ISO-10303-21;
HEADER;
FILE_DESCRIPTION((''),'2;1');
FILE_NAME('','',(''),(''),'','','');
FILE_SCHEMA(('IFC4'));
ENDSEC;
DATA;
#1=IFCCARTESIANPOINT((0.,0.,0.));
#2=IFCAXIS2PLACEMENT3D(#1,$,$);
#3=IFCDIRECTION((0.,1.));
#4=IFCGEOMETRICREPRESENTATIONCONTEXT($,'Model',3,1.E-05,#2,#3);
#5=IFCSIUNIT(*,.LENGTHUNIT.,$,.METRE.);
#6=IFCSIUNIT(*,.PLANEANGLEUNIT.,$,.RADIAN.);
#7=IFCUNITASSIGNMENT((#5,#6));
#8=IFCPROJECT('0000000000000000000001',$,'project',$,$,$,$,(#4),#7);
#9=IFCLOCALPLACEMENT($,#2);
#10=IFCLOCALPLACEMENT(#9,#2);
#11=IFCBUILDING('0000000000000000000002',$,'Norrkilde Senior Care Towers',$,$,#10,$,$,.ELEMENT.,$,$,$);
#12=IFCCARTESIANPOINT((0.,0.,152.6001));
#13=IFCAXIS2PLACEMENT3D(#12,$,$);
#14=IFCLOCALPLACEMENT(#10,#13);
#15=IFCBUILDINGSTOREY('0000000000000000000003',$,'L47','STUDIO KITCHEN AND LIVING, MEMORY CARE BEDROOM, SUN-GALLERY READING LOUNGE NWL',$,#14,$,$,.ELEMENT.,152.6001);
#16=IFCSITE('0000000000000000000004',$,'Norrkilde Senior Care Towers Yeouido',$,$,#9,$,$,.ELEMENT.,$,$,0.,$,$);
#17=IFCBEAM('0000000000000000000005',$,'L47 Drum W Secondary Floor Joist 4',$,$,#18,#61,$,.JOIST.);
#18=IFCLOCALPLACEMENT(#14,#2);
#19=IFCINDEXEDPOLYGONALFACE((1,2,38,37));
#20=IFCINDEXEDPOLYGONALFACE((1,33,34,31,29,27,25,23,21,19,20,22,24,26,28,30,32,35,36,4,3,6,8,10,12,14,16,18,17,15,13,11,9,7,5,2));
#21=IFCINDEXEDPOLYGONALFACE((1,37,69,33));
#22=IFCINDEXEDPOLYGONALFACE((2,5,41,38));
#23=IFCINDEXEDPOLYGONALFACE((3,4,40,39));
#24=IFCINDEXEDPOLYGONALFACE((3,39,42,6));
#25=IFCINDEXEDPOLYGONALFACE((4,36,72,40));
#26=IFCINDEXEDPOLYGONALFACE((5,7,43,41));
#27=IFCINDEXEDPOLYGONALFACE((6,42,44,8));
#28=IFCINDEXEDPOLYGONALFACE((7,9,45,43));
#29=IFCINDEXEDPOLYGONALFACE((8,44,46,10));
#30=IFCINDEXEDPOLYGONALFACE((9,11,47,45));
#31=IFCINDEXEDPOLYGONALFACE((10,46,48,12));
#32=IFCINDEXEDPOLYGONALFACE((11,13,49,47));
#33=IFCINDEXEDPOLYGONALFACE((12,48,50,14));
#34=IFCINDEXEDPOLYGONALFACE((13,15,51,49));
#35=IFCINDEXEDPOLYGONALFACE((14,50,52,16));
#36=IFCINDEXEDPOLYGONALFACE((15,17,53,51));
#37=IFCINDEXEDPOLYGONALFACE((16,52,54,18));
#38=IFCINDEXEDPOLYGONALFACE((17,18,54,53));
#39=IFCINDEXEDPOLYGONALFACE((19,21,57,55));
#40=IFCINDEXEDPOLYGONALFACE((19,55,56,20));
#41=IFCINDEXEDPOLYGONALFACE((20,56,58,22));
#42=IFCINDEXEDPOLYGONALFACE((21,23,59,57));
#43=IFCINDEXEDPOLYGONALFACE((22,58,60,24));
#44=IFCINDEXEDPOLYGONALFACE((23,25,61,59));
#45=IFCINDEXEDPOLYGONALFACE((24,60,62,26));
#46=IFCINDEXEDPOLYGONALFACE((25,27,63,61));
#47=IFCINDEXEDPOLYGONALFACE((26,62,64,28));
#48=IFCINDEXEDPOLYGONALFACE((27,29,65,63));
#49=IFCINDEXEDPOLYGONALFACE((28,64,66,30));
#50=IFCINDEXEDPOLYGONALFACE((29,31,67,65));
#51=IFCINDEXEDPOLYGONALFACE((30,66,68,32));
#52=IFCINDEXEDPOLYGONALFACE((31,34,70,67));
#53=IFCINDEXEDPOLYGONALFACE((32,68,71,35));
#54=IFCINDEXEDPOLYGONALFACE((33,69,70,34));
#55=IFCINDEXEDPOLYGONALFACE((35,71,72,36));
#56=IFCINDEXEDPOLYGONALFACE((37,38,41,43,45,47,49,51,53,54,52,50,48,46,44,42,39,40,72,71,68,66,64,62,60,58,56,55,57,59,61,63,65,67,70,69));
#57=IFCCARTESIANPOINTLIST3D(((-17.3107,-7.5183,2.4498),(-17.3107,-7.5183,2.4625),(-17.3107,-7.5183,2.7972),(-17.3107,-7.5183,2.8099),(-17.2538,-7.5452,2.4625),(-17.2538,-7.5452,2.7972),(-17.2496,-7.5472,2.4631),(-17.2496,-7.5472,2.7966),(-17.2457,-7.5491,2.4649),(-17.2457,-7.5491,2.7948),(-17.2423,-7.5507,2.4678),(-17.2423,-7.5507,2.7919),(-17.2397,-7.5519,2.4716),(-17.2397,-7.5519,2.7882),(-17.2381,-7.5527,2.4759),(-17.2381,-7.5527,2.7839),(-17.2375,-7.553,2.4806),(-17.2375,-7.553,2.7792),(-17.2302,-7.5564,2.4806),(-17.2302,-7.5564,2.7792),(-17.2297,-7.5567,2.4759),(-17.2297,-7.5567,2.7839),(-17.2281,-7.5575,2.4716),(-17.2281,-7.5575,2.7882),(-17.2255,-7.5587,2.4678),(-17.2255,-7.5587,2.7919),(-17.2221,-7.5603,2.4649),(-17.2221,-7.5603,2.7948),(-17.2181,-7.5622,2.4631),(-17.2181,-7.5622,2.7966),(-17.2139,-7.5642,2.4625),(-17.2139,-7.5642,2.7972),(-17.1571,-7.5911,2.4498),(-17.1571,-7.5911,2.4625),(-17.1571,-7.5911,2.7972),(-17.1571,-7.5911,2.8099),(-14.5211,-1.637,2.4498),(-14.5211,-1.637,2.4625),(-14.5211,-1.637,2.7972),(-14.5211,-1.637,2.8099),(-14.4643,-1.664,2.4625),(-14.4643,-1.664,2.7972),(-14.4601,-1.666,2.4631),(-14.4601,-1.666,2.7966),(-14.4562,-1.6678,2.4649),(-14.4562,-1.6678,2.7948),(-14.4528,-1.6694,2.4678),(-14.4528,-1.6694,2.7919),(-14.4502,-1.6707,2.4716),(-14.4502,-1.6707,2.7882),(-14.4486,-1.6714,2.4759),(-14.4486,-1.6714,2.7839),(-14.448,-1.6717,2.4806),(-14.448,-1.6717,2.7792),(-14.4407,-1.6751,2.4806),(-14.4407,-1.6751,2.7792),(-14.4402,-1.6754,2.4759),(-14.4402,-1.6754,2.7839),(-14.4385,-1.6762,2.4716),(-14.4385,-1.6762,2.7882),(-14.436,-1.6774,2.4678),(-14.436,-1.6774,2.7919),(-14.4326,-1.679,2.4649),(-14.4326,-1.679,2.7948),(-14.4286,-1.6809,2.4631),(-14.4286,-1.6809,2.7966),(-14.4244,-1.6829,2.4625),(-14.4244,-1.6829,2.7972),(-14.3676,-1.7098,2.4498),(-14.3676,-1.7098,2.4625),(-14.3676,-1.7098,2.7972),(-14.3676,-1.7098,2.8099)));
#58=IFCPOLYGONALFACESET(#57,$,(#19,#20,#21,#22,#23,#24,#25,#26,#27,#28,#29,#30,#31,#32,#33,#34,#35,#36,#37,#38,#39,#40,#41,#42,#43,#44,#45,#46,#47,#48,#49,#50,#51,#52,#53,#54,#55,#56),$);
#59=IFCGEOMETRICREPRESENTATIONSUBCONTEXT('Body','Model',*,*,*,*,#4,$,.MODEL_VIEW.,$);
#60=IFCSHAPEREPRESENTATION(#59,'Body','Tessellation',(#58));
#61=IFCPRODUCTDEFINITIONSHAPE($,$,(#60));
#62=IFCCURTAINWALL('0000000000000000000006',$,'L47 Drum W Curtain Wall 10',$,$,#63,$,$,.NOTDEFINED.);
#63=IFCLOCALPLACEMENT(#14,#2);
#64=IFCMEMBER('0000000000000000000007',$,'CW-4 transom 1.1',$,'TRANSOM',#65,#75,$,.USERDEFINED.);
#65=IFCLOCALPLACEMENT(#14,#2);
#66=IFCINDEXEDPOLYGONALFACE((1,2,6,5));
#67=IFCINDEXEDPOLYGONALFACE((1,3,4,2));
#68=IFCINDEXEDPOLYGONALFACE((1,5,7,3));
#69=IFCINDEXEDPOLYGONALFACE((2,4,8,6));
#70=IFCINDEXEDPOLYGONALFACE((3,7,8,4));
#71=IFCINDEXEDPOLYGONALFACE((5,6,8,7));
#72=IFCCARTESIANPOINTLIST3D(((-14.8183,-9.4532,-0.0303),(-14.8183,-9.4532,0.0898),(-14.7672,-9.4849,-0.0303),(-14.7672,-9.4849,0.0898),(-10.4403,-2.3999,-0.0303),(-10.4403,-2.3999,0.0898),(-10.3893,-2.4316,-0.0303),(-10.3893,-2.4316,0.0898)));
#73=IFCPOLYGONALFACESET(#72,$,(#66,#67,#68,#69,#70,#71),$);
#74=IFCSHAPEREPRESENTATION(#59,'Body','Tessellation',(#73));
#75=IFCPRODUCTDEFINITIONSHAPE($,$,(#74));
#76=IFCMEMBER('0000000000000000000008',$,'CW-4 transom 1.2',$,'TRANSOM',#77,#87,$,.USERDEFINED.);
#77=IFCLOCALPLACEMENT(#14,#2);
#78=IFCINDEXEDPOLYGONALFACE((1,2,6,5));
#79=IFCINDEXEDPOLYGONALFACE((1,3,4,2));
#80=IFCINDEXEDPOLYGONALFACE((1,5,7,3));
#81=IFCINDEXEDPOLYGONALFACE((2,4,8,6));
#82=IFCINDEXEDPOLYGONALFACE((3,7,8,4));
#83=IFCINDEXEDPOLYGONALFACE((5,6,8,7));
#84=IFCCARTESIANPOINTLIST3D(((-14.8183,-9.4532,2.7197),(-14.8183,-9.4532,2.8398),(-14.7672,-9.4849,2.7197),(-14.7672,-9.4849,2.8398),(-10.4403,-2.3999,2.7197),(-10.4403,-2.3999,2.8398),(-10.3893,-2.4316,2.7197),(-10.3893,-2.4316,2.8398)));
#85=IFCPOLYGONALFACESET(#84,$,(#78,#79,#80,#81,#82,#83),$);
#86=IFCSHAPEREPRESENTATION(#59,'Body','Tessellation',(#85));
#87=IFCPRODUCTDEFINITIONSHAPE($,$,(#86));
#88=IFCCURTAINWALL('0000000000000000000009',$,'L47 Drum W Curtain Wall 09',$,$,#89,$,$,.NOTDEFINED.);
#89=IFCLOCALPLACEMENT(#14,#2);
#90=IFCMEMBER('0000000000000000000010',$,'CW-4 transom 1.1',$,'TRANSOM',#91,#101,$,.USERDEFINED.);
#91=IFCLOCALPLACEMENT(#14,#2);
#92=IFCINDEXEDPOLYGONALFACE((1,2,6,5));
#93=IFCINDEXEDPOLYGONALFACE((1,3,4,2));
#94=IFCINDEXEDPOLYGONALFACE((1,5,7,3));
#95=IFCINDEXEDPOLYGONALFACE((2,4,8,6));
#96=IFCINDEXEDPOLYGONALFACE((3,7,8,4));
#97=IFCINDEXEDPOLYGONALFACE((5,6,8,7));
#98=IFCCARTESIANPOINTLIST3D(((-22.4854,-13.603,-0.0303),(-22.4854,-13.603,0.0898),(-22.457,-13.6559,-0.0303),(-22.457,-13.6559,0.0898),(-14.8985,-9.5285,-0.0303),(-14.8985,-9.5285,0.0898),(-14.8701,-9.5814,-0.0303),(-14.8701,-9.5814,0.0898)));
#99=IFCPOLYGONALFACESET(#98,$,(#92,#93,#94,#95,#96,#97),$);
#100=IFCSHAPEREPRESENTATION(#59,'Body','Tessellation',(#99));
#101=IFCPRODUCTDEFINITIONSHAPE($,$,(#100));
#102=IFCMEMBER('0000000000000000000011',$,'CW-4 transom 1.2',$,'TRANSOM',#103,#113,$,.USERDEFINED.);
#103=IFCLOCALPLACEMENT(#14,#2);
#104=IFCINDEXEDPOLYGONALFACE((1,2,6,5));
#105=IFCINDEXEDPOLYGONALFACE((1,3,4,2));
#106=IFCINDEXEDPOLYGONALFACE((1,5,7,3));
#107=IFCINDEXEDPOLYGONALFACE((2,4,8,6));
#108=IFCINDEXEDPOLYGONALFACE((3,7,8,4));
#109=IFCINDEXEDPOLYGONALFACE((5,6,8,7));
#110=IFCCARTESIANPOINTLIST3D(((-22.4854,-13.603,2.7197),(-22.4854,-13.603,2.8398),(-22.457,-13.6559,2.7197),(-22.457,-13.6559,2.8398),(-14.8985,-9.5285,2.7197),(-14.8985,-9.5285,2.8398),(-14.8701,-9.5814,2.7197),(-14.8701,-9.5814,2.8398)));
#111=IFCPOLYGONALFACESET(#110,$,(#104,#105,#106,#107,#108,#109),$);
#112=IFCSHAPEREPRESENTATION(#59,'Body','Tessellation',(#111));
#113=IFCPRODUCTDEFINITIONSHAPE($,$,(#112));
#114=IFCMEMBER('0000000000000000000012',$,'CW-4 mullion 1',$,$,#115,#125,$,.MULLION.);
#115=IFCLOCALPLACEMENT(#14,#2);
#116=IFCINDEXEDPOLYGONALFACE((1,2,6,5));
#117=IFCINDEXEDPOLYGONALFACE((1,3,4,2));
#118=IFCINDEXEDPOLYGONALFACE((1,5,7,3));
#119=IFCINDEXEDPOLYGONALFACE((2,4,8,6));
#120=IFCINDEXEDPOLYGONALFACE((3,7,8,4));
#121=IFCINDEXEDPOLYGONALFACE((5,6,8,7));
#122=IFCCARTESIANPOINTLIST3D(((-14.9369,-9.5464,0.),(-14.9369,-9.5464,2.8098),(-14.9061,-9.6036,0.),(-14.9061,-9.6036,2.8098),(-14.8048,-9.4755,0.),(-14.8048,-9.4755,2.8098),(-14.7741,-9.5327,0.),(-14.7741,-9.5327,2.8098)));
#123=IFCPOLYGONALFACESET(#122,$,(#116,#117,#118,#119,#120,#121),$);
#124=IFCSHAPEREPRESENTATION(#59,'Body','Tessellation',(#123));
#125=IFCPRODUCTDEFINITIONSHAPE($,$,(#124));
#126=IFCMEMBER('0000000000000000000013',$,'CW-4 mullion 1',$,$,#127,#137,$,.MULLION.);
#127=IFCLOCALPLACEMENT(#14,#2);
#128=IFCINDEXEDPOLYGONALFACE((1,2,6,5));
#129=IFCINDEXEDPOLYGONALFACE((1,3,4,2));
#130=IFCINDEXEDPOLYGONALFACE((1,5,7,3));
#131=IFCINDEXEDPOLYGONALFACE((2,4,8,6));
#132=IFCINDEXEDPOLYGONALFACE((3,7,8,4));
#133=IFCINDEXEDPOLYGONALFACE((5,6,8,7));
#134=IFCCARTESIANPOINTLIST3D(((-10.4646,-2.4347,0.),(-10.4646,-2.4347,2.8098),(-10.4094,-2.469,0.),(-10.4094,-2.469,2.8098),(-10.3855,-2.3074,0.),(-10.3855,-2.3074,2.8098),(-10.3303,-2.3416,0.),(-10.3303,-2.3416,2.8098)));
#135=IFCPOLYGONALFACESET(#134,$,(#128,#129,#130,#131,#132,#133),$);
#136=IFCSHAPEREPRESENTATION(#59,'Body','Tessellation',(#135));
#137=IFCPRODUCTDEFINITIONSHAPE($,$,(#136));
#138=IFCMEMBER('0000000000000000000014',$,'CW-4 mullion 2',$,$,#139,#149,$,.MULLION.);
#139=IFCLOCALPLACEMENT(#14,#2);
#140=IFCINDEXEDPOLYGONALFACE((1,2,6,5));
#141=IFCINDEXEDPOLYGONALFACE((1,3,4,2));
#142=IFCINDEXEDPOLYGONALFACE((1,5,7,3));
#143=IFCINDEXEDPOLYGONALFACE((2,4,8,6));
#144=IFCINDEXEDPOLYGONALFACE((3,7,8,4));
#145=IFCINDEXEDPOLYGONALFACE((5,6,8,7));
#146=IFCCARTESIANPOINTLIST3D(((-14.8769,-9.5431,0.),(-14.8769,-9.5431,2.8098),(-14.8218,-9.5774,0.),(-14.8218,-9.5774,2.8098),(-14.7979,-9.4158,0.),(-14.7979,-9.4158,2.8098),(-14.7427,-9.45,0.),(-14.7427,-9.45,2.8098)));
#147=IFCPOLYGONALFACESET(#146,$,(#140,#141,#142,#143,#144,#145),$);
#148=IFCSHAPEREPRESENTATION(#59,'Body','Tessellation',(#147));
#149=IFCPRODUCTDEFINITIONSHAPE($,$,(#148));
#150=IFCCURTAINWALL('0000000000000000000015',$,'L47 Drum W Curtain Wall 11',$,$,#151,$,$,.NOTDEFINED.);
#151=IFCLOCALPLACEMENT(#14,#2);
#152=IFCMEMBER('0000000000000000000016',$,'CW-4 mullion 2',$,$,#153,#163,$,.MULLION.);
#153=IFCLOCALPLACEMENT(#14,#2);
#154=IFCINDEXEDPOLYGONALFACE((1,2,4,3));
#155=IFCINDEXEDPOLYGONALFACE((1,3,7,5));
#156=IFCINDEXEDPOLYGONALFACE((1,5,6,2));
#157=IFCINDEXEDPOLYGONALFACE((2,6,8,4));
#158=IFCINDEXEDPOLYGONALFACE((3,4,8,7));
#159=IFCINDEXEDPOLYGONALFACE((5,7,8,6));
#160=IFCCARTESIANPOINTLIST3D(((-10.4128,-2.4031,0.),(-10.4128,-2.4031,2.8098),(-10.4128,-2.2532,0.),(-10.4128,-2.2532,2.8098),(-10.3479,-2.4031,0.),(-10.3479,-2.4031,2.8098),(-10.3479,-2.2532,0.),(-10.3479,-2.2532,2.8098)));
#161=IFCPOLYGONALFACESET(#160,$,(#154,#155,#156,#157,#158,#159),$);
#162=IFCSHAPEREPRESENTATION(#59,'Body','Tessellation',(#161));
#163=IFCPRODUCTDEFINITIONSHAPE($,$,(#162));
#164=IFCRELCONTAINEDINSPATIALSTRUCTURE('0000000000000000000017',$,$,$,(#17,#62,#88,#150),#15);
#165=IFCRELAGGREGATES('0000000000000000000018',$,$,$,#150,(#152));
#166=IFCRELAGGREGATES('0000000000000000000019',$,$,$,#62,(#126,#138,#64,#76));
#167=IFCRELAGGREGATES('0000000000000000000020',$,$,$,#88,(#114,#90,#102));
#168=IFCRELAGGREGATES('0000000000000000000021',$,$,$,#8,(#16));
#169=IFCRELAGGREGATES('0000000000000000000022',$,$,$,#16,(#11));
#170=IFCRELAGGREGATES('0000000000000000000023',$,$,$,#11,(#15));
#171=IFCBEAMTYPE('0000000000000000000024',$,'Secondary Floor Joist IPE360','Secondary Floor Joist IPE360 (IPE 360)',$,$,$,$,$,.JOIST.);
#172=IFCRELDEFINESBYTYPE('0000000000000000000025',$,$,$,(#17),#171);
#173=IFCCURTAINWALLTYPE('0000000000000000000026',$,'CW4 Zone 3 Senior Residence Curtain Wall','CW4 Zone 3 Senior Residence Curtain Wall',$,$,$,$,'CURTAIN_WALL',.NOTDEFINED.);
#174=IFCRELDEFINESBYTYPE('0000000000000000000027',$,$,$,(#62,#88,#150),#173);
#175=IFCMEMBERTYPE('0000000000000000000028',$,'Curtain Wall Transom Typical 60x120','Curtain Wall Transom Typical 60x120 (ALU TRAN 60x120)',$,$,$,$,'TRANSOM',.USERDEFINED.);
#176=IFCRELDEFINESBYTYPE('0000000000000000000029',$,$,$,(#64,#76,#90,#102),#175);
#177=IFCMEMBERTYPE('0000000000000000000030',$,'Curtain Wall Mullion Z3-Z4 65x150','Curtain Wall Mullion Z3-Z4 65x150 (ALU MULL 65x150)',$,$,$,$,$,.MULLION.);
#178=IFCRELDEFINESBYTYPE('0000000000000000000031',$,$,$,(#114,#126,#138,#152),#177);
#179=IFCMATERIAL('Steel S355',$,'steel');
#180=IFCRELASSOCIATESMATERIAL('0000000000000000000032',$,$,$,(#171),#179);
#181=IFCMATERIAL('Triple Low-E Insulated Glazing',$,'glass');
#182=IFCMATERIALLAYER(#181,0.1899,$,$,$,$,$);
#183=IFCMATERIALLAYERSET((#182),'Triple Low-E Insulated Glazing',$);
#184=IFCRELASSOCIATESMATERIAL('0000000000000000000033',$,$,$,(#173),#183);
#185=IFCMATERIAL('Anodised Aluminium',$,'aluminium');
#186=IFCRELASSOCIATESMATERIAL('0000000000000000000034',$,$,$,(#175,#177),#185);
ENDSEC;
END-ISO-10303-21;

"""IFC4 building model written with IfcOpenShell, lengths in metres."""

from ifc_helpers import new_model, si_unit, direction, frame, origin, origin_2d, place, context, subcontext, project, spatial, rectangle, i_section, extrude, source, transform, mapped, material, layer, layer_set, material_profile, profile_set, type_object, type_shapes, element, aggregate, save


model = new_model("IFC4")

# Units and contexts
model_context = context("Model", 3, precision=1e-05, world=origin(), true_north=direction((0.0, 1.0)))
body_context = subcontext(model_context, "Body", "Model", "MODEL_VIEW")
ifc_project = project(units=[si_unit("LENGTHUNIT", "METRE"), si_unit("PLANEANGLEUNIT", "RADIAN")], contexts=[model_context])

# Site, building, storey
site_placement = place(None, origin())
site = spatial("IfcSite", under=ifc_project, at=site_placement, Name="Norrkilde Senior Care Towers Yeouido", CompositionType="ELEMENT", RefElevation=0.0)
building_placement = place(site_placement, origin())
building = spatial("IfcBuilding", under=site, at=building_placement, Name="Norrkilde Senior Care Towers", CompositionType="ELEMENT")
storey_placement = place(building_placement, frame((0.0, 0.0, 152.6001)))
storey = spatial("IfcBuildingStorey", under=building, at=storey_placement, Name="L47", Description="STUDIO KITCHEN AND LIVING, MEMORY CARE BEDROOM, SUN-GALLERY READING LOUNGE NWL", CompositionType="ELEMENT", Elevation=152.6001)

# Beam
ifc_material_1 = material(Name="Steel S355", Category="steel")
ifc_material_profile_1 = material_profile(ifc_material_1, i_section(OverallWidth=0.1699, OverallDepth=0.3601, WebThickness=0.0081, FlangeThickness=0.0127, FilletRadius=0.0181, at=origin_2d()), Name="IPE 360")
ifc_profile_set_1 = profile_set([ifc_material_profile_1], Name="Steel S355")
beam_type_1 = type_object("IfcBeamType", Name="Secondary Floor Joist IPE360", Description="Secondary Floor Joist IPE360 (IPE 360)", PredefinedType="JOIST", material=ifc_profile_set_1)
shared_shape_1 = source(origin(), body_context, "Body", "SweptSolid", [
    extrude(i_section(OverallWidth=0.1699, OverallDepth=0.3601, WebThickness=0.0081, FlangeThickness=0.0127, FilletRadius=0.0181, at=origin_2d()), origin(), (0.0, 0.0, 1.0), 6.5093),
])
type_shapes(beam_type_1, [shared_shape_1])
beam_1_placement = place(storey_placement, frame((-17.2339, -7.5547, 2.6299), z_axis=(0.428544, 0.903521, 0.0), x_axis=(-0.903521, 0.428544, 0.0)))
element("IfcBeam", 1, at=beam_1_placement, inside=storey, type_object=beam_type_1, Name="L47 Drum W Secondary Floor Joist 4", PredefinedType="JOIST", context=body_context, shape_type="MappedRepresentation", body=[
    mapped(shared_shape_1, transform((0.0, 0.0, 0.0), x_axis=(1.0, 0.0, 0.0), y_axis=(0.0, 1.0, 0.0), z_axis=(0.0, 0.0, 1.0), scale=1.0)),
])

# Curtain walls, members
ifc_material_2 = material(Name="Triple Low-E Insulated Glazing", Category="glass")
ifc_layer_1 = layer(ifc_material_2, 0.1899)
ifc_layer_set_1 = layer_set([ifc_layer_1], Name="Triple Low-E Insulated Glazing")
curtain_wall_type = type_object("IfcCurtainWallType", Name="CW4 Zone 3 Senior Residence Curtain Wall", Description="CW4 Zone 3 Senior Residence Curtain Wall", ElementType="CURTAIN_WALL", PredefinedType="NOTDEFINED", material=ifc_layer_set_1)
curtain_wall_1_placement = place(storey_placement, origin())
curtain_wall_1 = element("IfcCurtainWall", 2, at=curtain_wall_1_placement, inside=storey, type_object=curtain_wall_type, Name="L47 Drum W Curtain Wall 10", PredefinedType="NOTDEFINED")
ifc_material_3 = material(Name="Anodised Aluminium", Category="aluminium")
ifc_material_profile_2 = material_profile(ifc_material_3, rectangle(XDim=0.0601, YDim=0.1201, at=origin_2d()), Name="ALU TRAN 60x120")
ifc_profile_set_2 = profile_set([ifc_material_profile_2], Name="Anodised Aluminium")
member_type_1 = type_object("IfcMemberType", Name="Curtain Wall Transom Typical 60x120", Description="Curtain Wall Transom Typical 60x120 (ALU TRAN 60x120)", ElementType="TRANSOM", PredefinedType="USERDEFINED", material=ifc_profile_set_2)
shared_shape_2 = source(origin(), body_context, "Body", "SweptSolid", [
    extrude(rectangle(XDim=0.0601, YDim=0.1201, at=origin_2d()), origin(), (0.0, 0.0, 1.0), 8.3015),
])
member_1_placement = place(storey_placement, frame((-10.4148, -2.4158, 0.0298), z_axis=(-0.527369, -0.849637, 0.0), x_axis=(0.849637, -0.527369, 0.0)))
member_1 = element("IfcMember", 3, at=member_1_placement, type_object=member_type_1, Name="CW-4 transom 1.1", ObjectType="TRANSOM", PredefinedType="USERDEFINED", context=body_context, shape_type="MappedRepresentation", body=[
    mapped(shared_shape_2, transform((0.0, 0.0, 0.0), x_axis=(1.0, 0.0, 0.0), y_axis=(0.0, 1.0, 0.0), z_axis=(0.0, 0.0, 1.0), scale=1.0)),
])
member_2_placement = place(storey_placement, frame((-10.4148, -2.4158, 2.7798), z_axis=(-0.527369, -0.849637, 0.0), x_axis=(0.849637, -0.527369, 0.0)))
member_2 = element("IfcMember", 4, at=member_2_placement, type_object=member_type_1, Name="CW-4 transom 1.2", ObjectType="TRANSOM", PredefinedType="USERDEFINED", context=body_context, shape_type="MappedRepresentation", body=[
    mapped(shared_shape_2, transform((0.0, 0.0, 0.0), x_axis=(1.0, 0.0, 0.0), y_axis=(0.0, 1.0, 0.0), z_axis=(0.0, 0.0, 1.0), scale=1.0)),
])
curtain_wall_2_placement = place(storey_placement, origin())
curtain_wall_2 = element("IfcCurtainWall", 5, at=curtain_wall_2_placement, inside=storey, type_object=curtain_wall_type, Name="L47 Drum W Curtain Wall 09", PredefinedType="NOTDEFINED")
shared_shape_3 = source(origin(), body_context, "Body", "SweptSolid", [
    extrude(rectangle(XDim=0.0601, YDim=0.1201, at=origin_2d()), origin(), (0.0, 0.0, 1.0), 8.6118),
])
type_shapes(member_type_1, [shared_shape_2, shared_shape_3])
member_3_placement = place(storey_placement, frame((-14.8843, -9.5549, 0.0298), z_axis=(-0.880994, -0.473127, 0.0), x_axis=(0.473127, -0.880994, 0.0)))
member_3 = element("IfcMember", 6, at=member_3_placement, type_object=member_type_1, Name="CW-4 transom 1.1", ObjectType="TRANSOM", PredefinedType="USERDEFINED", context=body_context, shape_type="MappedRepresentation", body=[
    mapped(shared_shape_3, transform((0.0, 0.0, 0.0), x_axis=(1.0, 0.0, 0.0), y_axis=(0.0, 1.0, 0.0), z_axis=(0.0, 0.0, 1.0), scale=1.0)),
])
member_4_placement = place(storey_placement, frame((-14.8843, -9.5549, 2.7798), z_axis=(-0.880994, -0.473127, 0.0), x_axis=(0.473127, -0.880994, 0.0)))
member_4 = element("IfcMember", 7, at=member_4_placement, type_object=member_type_1, Name="CW-4 transom 1.2", ObjectType="TRANSOM", PredefinedType="USERDEFINED", context=body_context, shape_type="MappedRepresentation", body=[
    mapped(shared_shape_3, transform((0.0, 0.0, 0.0), x_axis=(1.0, 0.0, 0.0), y_axis=(0.0, 1.0, 0.0), z_axis=(0.0, 0.0, 1.0), scale=1.0)),
])
ifc_material_profile_3 = material_profile(ifc_material_3, rectangle(XDim=0.0649, YDim=0.1499, at=origin_2d()), Name="ALU MULL 65x150")
ifc_profile_set_3 = profile_set([ifc_material_profile_3], Name="Anodised Aluminium")
member_type_2 = type_object("IfcMemberType", Name="Curtain Wall Mullion Z3-Z4 65x150", Description="Curtain Wall Mullion Z3-Z4 65x150 (ALU MULL 65x150)", PredefinedType="MULLION", material=ifc_profile_set_3)
shared_shape_4 = source(origin(), body_context, "Body", "SweptSolid", [
    extrude(rectangle(XDim=0.0649, YDim=0.1499, at=origin_2d()), origin(), (0.0, 0.0, 1.0), 2.8098),
])
type_shapes(member_type_2, [shared_shape_4])
member_5_placement = place(storey_placement, frame((-14.8555, -9.5396, 0.0), z_axis=(0.0, 0.0, 1.0), x_axis=(0.473117, -0.881, 0.0)))
member_5 = element("IfcMember", 8, at=member_5_placement, type_object=member_type_2, Name="CW-4 mullion 1", PredefinedType="MULLION", context=body_context, shape_type="MappedRepresentation", body=[
    mapped(shared_shape_4, transform((0.0, 0.0, 0.0), x_axis=(1.0, 0.0, 0.0), y_axis=(0.0, 1.0, 0.0), z_axis=(0.0, 0.0, 1.0), scale=1.0)),
])

# Members
member_6_placement = place(storey_placement, frame((-10.3975, -2.3882, 0.0), z_axis=(0.0, 0.0, 1.0), x_axis=(0.849634, -0.527373, 0.0)))
member_6 = element("IfcMember", 9, at=member_6_placement, type_object=member_type_2, Name="CW-4 mullion 1", PredefinedType="MULLION", context=body_context, shape_type="MappedRepresentation", body=[
    mapped(shared_shape_4, transform((0.0, 0.0, 0.0), x_axis=(1.0, 0.0, 0.0), y_axis=(0.0, 1.0, 0.0), z_axis=(0.0, 0.0, 1.0), scale=1.0)),
])
member_7_placement = place(storey_placement, frame((-14.8098, -9.4966, 0.0), z_axis=(0.0, 0.0, 1.0), x_axis=(0.849634, -0.527373, 0.0)))
member_7 = element("IfcMember", 10, at=member_7_placement, type_object=member_type_2, Name="CW-4 mullion 2", PredefinedType="MULLION", context=body_context, shape_type="MappedRepresentation", body=[
    mapped(shared_shape_4, transform((0.0, 0.0, 0.0), x_axis=(1.0, 0.0, 0.0), y_axis=(0.0, 1.0, 0.0), z_axis=(0.0, 0.0, 1.0), scale=1.0)),
])

# Curtain wall, member
curtain_wall_3_placement = place(storey_placement, origin())
curtain_wall_3 = element("IfcCurtainWall", 11, at=curtain_wall_3_placement, inside=storey, type_object=curtain_wall_type, Name="L47 Drum W Curtain Wall 11", PredefinedType="NOTDEFINED")
member_8_placement = place(storey_placement, frame((-10.3804, -2.3281, 0.0), z_axis=(0.0, 0.0, 1.0), x_axis=(1.0, 0.0, 0.0)))
member_8 = element("IfcMember", 12, at=member_8_placement, type_object=member_type_2, Name="CW-4 mullion 2", PredefinedType="MULLION", context=body_context, shape_type="MappedRepresentation", body=[
    mapped(shared_shape_4, transform((0.0, 0.0, 0.0), x_axis=(1.0, 0.0, 0.0), y_axis=(0.0, 1.0, 0.0), z_axis=(0.0, 0.0, 1.0), scale=1.0)),
])
aggregate(curtain_wall_3, [member_8])

aggregate(curtain_wall_1, [member_6, member_7, member_1, member_2])
aggregate(curtain_wall_2, [member_5, member_3, member_4])

save(model, "model.ifc")
